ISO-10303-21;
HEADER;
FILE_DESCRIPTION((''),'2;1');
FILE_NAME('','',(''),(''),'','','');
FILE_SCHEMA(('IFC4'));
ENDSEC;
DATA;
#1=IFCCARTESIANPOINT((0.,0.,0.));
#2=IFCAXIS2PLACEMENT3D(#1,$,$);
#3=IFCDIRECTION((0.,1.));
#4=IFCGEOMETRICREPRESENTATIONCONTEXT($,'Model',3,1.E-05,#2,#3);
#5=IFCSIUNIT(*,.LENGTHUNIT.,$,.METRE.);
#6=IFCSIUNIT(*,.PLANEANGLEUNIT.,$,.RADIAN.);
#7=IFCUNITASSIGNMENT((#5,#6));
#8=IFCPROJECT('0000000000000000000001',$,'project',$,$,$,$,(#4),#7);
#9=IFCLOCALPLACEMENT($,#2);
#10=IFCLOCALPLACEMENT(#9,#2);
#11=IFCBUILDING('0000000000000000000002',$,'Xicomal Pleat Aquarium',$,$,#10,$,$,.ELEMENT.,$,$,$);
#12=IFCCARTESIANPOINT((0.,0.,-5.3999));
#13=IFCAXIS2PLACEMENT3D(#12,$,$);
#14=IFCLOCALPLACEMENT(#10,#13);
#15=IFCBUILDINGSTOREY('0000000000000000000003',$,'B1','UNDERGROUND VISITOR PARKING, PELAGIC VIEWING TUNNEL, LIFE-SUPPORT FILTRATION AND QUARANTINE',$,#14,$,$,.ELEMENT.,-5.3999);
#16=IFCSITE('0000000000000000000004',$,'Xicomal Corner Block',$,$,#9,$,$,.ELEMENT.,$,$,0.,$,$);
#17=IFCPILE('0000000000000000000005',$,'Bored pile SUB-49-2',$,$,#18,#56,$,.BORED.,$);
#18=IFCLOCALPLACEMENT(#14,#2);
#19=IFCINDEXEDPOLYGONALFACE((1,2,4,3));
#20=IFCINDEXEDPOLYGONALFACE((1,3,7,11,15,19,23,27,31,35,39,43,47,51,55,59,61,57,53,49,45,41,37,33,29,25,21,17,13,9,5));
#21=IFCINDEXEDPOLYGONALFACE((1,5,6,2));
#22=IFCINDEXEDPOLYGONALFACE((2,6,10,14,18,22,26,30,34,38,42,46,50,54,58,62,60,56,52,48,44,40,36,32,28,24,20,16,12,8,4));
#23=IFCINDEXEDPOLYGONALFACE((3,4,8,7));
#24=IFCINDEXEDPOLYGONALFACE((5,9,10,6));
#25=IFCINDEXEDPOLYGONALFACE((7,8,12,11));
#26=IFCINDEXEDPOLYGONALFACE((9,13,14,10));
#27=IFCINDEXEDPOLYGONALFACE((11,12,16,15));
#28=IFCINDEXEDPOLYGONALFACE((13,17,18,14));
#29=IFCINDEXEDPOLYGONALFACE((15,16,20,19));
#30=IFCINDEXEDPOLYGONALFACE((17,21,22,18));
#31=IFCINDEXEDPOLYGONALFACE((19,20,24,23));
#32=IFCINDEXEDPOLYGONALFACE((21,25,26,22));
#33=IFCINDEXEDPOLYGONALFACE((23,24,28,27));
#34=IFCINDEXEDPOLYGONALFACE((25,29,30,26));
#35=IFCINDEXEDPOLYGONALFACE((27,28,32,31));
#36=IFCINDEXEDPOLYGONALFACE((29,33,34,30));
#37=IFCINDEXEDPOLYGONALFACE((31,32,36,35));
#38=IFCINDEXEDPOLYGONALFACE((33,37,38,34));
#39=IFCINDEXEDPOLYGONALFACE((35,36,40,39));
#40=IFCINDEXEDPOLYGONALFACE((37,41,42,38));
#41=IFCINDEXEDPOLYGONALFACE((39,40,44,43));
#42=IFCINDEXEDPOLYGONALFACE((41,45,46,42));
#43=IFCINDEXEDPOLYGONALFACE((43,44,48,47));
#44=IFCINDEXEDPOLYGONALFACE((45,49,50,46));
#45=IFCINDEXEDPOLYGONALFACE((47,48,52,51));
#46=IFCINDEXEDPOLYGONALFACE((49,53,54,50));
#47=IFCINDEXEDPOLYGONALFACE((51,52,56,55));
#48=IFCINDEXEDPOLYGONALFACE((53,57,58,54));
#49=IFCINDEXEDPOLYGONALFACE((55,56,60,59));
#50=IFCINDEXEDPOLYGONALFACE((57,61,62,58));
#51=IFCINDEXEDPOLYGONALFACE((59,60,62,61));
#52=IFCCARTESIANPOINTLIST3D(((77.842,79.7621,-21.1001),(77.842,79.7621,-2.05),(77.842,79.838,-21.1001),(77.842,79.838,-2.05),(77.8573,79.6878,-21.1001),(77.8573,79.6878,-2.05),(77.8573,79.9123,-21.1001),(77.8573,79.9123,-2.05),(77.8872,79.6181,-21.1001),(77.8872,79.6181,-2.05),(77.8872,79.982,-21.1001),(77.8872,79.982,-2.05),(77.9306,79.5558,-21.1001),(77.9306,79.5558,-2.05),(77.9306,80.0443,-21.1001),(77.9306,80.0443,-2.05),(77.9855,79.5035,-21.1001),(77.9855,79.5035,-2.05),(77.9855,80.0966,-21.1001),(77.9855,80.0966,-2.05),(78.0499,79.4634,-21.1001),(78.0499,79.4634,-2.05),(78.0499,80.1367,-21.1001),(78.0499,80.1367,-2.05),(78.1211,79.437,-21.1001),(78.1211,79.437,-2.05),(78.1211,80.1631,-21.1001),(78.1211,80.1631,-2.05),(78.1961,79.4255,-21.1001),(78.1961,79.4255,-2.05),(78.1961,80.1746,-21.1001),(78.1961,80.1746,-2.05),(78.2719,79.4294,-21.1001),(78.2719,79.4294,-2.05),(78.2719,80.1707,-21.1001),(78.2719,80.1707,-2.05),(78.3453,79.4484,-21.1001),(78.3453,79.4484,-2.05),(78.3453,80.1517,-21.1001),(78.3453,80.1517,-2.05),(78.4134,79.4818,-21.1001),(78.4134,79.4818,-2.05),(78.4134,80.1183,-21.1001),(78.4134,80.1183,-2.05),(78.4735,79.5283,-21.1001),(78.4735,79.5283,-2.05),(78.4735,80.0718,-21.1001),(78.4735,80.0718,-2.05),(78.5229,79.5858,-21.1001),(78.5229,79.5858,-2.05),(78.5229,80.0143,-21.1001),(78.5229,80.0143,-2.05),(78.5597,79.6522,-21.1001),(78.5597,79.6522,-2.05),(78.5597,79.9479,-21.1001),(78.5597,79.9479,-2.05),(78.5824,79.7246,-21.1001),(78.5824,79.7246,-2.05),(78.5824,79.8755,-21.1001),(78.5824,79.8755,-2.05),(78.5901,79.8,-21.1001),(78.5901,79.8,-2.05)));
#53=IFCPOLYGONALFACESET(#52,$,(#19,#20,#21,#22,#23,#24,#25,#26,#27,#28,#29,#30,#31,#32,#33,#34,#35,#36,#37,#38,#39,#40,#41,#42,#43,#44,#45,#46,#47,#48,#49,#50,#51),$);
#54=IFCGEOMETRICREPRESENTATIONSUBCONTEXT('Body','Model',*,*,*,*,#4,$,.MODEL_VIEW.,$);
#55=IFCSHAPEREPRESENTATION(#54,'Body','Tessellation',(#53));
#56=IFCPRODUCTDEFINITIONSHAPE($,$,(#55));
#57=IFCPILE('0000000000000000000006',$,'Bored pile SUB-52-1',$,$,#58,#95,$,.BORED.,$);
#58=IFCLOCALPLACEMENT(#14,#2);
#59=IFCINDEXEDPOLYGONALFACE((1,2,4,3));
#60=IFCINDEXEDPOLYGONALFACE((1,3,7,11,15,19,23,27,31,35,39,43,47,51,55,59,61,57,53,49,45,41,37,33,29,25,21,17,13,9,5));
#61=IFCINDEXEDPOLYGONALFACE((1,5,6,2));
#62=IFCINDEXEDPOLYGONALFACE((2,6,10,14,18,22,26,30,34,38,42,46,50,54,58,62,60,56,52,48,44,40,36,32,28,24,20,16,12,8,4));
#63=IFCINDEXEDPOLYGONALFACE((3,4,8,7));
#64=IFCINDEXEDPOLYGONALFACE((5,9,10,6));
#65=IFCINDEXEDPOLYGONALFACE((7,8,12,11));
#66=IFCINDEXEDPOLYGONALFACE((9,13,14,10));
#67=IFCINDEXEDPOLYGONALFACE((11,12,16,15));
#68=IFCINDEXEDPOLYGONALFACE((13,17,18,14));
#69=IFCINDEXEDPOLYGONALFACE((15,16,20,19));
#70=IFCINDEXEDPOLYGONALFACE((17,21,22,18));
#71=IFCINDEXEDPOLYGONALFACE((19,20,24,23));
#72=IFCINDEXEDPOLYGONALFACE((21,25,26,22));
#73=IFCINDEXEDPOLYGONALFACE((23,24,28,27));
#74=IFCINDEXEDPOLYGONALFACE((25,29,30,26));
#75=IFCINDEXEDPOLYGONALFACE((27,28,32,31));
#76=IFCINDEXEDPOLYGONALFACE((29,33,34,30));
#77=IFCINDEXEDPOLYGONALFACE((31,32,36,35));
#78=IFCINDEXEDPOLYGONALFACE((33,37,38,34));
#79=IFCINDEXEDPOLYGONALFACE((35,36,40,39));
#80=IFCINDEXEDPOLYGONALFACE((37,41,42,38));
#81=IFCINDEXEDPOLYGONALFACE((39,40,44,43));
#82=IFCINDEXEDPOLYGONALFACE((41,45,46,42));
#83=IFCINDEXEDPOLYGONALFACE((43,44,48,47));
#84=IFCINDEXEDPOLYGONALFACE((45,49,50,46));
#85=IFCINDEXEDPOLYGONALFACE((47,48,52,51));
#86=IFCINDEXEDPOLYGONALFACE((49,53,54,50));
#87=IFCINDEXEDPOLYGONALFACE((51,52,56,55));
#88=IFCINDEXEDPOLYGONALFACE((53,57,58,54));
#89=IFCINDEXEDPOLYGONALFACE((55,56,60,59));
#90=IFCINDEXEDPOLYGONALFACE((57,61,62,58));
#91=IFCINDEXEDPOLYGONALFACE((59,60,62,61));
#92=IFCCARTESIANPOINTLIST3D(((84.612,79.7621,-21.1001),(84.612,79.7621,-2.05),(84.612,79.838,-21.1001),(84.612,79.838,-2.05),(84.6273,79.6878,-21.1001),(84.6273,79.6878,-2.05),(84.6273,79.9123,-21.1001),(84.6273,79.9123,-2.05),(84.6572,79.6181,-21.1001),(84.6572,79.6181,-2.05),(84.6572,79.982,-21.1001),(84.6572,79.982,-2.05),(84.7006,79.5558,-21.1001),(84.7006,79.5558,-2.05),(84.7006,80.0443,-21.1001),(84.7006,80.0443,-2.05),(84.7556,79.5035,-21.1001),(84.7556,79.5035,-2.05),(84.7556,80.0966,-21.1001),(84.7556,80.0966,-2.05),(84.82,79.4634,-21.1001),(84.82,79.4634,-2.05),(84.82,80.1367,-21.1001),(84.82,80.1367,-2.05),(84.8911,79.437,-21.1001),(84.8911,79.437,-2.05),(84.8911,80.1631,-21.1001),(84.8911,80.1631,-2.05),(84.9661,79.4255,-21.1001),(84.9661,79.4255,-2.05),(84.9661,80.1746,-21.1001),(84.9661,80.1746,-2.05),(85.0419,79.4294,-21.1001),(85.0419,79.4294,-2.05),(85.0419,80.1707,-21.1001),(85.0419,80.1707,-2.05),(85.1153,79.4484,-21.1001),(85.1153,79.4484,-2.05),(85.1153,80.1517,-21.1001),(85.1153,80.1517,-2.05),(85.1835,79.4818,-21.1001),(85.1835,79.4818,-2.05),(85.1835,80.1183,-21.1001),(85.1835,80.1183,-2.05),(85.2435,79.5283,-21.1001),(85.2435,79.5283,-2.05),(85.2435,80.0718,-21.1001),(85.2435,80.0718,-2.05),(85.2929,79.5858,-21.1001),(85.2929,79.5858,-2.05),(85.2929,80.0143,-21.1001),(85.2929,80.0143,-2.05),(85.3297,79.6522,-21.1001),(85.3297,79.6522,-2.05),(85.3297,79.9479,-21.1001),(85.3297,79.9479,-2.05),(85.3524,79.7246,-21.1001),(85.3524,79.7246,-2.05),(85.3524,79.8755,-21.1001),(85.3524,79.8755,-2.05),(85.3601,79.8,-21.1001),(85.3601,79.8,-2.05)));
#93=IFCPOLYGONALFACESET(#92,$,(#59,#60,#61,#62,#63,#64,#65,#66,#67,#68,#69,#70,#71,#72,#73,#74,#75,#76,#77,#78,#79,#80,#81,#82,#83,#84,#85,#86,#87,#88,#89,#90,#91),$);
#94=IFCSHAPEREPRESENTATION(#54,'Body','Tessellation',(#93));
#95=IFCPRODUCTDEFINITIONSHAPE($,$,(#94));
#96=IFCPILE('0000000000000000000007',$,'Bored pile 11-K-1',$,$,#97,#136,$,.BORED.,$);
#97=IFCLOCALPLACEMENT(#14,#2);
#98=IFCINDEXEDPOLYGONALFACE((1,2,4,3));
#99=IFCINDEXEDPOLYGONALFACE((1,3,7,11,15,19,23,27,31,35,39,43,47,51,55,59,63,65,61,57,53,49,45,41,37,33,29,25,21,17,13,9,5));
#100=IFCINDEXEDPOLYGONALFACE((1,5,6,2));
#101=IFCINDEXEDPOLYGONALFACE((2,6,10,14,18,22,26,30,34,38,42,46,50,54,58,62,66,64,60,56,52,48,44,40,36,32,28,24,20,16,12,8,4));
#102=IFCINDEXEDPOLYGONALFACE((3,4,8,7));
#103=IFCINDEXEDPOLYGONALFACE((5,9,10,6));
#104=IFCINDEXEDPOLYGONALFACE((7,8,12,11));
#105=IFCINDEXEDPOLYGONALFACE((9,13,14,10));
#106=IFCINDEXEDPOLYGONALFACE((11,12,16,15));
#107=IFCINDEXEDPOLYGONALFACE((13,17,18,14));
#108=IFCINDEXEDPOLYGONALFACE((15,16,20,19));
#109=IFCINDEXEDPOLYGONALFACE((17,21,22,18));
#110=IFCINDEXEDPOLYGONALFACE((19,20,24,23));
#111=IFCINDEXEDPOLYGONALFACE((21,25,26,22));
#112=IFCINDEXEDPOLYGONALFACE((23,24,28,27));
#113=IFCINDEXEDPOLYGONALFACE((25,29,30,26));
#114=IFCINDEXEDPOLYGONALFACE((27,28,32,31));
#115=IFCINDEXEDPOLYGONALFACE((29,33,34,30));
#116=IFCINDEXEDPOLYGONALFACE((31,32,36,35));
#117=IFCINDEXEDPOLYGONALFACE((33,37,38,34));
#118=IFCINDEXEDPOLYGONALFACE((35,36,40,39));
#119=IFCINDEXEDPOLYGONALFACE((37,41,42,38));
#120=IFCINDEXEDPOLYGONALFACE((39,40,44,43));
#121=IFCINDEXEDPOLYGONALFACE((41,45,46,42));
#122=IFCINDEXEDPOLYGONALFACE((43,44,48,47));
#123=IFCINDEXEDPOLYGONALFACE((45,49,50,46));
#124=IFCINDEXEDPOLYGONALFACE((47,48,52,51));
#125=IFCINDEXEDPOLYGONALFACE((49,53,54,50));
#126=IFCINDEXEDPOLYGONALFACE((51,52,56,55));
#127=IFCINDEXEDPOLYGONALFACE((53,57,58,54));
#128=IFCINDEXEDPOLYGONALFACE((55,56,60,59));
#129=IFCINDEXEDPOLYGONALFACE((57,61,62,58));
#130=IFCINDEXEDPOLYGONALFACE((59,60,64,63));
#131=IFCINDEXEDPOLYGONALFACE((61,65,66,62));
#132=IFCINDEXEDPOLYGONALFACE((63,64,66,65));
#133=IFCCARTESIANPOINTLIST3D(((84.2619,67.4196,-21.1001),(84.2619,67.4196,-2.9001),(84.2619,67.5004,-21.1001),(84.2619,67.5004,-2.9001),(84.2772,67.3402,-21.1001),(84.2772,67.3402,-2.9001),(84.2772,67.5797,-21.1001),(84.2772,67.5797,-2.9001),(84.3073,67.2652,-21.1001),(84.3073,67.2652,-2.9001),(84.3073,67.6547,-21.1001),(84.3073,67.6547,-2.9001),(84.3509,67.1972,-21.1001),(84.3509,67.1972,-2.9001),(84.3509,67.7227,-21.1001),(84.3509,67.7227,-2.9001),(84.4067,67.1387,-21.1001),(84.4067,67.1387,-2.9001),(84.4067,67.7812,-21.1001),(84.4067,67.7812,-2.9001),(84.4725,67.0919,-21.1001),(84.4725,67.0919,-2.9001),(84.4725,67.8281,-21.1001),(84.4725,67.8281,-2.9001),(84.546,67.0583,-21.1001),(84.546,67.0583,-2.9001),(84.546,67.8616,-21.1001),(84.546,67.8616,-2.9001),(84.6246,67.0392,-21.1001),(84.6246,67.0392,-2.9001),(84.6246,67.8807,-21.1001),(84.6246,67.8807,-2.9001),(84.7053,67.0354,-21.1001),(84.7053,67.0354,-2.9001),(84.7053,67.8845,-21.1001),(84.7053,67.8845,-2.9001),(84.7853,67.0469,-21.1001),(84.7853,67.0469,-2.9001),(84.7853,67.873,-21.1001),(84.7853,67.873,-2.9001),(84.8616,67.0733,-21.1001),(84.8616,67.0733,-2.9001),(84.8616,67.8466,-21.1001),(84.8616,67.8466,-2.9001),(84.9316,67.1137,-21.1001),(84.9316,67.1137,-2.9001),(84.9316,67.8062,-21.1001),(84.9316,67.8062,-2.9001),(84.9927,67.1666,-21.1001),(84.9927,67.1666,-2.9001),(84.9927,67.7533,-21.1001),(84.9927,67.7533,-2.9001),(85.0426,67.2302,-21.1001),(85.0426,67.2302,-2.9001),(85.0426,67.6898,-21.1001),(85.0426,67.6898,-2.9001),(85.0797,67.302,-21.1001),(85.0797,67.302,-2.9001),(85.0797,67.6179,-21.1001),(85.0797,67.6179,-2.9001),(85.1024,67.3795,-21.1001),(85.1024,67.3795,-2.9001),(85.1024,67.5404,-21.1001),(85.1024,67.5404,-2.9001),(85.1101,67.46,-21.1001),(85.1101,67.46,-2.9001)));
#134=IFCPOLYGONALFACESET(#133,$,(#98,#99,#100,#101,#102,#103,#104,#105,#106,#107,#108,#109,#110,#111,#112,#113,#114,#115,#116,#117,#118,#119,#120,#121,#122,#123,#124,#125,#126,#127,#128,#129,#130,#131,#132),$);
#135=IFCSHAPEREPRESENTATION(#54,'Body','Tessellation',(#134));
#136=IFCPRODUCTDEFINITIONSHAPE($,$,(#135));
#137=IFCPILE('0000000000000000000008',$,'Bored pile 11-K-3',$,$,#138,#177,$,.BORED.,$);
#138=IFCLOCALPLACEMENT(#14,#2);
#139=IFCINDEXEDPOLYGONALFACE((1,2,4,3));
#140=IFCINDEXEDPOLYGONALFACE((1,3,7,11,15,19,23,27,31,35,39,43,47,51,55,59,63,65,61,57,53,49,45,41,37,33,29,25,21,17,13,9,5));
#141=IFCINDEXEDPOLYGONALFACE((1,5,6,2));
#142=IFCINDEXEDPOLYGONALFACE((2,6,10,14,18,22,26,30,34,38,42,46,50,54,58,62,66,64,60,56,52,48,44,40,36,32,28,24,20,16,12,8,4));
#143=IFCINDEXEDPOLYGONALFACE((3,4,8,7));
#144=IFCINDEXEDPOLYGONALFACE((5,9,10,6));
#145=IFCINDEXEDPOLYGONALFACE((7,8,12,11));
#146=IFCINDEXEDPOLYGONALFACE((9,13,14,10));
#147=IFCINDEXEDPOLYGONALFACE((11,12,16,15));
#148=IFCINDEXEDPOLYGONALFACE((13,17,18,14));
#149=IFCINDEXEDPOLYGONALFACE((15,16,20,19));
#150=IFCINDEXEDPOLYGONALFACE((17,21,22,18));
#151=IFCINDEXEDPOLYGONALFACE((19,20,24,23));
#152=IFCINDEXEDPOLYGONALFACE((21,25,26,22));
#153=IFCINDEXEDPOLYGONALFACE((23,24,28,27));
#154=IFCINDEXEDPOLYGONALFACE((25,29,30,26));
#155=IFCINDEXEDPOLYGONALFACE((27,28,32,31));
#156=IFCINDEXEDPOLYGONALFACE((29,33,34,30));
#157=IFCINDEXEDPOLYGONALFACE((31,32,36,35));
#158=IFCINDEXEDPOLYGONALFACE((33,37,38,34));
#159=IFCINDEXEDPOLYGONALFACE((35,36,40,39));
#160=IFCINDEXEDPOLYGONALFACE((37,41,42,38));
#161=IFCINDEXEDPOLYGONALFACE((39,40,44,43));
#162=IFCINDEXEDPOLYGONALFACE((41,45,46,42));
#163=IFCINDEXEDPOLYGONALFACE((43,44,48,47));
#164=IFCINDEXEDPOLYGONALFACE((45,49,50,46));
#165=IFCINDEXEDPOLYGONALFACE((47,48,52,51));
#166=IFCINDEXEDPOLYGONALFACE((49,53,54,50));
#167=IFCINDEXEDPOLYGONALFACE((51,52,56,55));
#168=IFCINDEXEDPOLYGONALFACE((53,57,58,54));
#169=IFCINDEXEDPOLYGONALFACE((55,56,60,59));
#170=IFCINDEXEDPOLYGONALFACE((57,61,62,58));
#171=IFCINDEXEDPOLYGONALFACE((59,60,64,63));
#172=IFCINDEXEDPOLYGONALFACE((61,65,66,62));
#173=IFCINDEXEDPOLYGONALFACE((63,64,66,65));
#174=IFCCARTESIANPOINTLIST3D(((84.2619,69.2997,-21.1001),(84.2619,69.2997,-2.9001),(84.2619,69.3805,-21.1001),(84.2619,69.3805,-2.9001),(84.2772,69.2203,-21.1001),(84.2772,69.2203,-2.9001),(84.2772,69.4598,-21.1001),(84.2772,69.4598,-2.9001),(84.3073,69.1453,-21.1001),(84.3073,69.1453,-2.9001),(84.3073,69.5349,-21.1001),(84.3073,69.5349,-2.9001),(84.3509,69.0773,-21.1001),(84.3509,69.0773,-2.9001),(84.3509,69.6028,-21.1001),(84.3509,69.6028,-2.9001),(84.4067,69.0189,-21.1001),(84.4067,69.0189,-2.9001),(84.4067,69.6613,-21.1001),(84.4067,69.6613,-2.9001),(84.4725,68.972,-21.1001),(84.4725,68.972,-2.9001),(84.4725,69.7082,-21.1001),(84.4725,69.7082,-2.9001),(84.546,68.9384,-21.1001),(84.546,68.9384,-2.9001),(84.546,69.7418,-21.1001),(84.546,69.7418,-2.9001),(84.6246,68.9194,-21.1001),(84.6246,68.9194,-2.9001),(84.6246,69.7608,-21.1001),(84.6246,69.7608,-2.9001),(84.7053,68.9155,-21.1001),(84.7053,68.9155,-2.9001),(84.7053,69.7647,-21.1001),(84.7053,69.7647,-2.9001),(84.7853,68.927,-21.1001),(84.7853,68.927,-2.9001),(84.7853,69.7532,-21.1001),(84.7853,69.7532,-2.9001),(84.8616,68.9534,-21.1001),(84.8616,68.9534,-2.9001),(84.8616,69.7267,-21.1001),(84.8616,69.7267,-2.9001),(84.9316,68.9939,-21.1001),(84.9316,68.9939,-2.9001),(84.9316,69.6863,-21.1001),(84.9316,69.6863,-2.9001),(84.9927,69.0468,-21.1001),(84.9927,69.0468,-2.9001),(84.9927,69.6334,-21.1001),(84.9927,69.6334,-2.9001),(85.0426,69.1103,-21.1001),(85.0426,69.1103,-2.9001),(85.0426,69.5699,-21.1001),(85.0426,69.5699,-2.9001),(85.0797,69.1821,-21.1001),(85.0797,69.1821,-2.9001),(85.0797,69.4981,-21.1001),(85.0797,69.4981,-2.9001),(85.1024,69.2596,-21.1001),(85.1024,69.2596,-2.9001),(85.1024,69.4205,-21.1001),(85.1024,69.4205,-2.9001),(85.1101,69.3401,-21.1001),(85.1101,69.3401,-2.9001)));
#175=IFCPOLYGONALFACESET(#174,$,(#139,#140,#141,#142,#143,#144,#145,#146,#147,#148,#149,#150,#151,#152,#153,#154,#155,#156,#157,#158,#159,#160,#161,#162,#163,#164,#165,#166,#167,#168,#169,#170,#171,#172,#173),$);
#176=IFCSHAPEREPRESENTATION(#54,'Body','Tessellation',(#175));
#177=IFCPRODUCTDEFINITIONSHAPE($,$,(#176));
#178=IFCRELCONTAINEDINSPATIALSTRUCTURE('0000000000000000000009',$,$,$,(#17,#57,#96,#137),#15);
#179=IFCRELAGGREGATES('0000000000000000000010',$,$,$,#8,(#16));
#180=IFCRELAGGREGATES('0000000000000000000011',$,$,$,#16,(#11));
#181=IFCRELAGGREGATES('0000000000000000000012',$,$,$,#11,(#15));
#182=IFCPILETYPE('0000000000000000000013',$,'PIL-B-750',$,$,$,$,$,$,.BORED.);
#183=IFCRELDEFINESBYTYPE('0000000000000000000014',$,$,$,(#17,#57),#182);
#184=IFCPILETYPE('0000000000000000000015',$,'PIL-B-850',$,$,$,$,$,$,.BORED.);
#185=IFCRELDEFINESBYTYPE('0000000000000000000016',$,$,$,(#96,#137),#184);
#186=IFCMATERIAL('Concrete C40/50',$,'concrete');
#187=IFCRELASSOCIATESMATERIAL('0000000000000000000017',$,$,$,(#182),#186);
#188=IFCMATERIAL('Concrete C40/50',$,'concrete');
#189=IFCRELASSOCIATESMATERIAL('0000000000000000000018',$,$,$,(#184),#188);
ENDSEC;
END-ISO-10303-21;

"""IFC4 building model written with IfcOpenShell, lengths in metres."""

from ifc_helpers import new_model, si_unit, direction, frame, origin, origin_2d, place, context, subcontext, project, spatial, circle, extrude, material, material_profile, profile_set, type_object, element, save


model = new_model("IFC4")

# Units and contexts
model_context = context("Model", 3, precision=1e-05, world=origin(), true_north=direction((0.0, 1.0)))
body_context = subcontext(model_context, "Body", "Model", "MODEL_VIEW")
ifc_project = project(units=[si_unit("LENGTHUNIT", "METRE"), si_unit("PLANEANGLEUNIT", "RADIAN")], contexts=[model_context])

# Site, building, storey
site_placement = place(None, origin())
site = spatial("IfcSite", under=ifc_project, at=site_placement, Name="Xicomal Corner Block", CompositionType="ELEMENT", RefElevation=0.0)
building_placement = place(site_placement, origin())
building = spatial("IfcBuilding", under=site, at=building_placement, Name="Xicomal Pleat Aquarium", CompositionType="ELEMENT")
storey_placement = place(building_placement, frame((0.0, 0.0, -5.3999)))
storey = spatial("IfcBuildingStorey", under=building, at=storey_placement, Name="B1", Description="UNDERGROUND VISITOR PARKING, PELAGIC VIEWING TUNNEL, LIFE-SUPPORT FILTRATION AND QUARANTINE", CompositionType="ELEMENT", Elevation=-5.3999)

# Piles
ifc_material_1 = material(Name="Concrete C40/50", Category="concrete")
ifc_material_profile_1 = material_profile(ifc_material_1, circle(Radius=0.375, at=origin_2d()), Name="BORED PILE D750")
ifc_profile_set_1 = profile_set([ifc_material_profile_1], Name="Concrete C40/50")
pile_type_1 = type_object("IfcPileType", Name="PIL-B-750", PredefinedType="BORED", material=ifc_profile_set_1)
for number, where, z_axis, x_axis, name in (
    (1, (78.2151, 79.8, -2.05), (0.0, 0.0, -1.0), (1.0, 0.0, 0.0), "Bored pile SUB-49-2"),
    (2, (84.9851, 79.8, -2.05), (0.0, 0.0, -1.0), (1.0, 0.0, 0.0), "Bored pile SUB-52-1"),
):
    element("IfcPile", number, at=place(storey_placement, frame(where, z_axis=z_axis, x_axis=x_axis)), inside=storey, type_object=pile_type_1, Name=name, PredefinedType="BORED", context=body_context, shape_type="SweptSolid", body=[
        extrude(circle(Radius=0.375, at=origin_2d()), origin(), (0.0, 0.0, 1.0), 19.05),
    ])
ifc_material_2 = material(Name="Concrete C40/50", Category="concrete")
ifc_material_profile_2 = material_profile(ifc_material_2, circle(Radius=0.425, at=origin_2d()), Name="BORED PILE D850")
ifc_profile_set_2 = profile_set([ifc_material_profile_2], Name="Concrete C40/50")
pile_type_2 = type_object("IfcPileType", Name="PIL-B-850", PredefinedType="BORED", material=ifc_profile_set_2)
for number, where, z_axis, x_axis, name in (
    (3, (84.6851, 67.46, -2.9001), (0.0, 0.0, -1.0), (1.0, 0.0, 0.0), "Bored pile 11-K-1"),
    (4, (84.6851, 69.3401, -2.9001), (0.0, 0.0, -1.0), (1.0, 0.0, 0.0), "Bored pile 11-K-3"),
):
    element("IfcPile", number, at=place(storey_placement, frame(where, z_axis=z_axis, x_axis=x_axis)), inside=storey, type_object=pile_type_2, Name=name, PredefinedType="BORED", context=body_context, shape_type="SweptSolid", body=[
        extrude(circle(Radius=0.425, at=origin_2d()), origin(), (0.0, 0.0, 1.0), 18.2),
    ])

save(model, "model.ifc")
